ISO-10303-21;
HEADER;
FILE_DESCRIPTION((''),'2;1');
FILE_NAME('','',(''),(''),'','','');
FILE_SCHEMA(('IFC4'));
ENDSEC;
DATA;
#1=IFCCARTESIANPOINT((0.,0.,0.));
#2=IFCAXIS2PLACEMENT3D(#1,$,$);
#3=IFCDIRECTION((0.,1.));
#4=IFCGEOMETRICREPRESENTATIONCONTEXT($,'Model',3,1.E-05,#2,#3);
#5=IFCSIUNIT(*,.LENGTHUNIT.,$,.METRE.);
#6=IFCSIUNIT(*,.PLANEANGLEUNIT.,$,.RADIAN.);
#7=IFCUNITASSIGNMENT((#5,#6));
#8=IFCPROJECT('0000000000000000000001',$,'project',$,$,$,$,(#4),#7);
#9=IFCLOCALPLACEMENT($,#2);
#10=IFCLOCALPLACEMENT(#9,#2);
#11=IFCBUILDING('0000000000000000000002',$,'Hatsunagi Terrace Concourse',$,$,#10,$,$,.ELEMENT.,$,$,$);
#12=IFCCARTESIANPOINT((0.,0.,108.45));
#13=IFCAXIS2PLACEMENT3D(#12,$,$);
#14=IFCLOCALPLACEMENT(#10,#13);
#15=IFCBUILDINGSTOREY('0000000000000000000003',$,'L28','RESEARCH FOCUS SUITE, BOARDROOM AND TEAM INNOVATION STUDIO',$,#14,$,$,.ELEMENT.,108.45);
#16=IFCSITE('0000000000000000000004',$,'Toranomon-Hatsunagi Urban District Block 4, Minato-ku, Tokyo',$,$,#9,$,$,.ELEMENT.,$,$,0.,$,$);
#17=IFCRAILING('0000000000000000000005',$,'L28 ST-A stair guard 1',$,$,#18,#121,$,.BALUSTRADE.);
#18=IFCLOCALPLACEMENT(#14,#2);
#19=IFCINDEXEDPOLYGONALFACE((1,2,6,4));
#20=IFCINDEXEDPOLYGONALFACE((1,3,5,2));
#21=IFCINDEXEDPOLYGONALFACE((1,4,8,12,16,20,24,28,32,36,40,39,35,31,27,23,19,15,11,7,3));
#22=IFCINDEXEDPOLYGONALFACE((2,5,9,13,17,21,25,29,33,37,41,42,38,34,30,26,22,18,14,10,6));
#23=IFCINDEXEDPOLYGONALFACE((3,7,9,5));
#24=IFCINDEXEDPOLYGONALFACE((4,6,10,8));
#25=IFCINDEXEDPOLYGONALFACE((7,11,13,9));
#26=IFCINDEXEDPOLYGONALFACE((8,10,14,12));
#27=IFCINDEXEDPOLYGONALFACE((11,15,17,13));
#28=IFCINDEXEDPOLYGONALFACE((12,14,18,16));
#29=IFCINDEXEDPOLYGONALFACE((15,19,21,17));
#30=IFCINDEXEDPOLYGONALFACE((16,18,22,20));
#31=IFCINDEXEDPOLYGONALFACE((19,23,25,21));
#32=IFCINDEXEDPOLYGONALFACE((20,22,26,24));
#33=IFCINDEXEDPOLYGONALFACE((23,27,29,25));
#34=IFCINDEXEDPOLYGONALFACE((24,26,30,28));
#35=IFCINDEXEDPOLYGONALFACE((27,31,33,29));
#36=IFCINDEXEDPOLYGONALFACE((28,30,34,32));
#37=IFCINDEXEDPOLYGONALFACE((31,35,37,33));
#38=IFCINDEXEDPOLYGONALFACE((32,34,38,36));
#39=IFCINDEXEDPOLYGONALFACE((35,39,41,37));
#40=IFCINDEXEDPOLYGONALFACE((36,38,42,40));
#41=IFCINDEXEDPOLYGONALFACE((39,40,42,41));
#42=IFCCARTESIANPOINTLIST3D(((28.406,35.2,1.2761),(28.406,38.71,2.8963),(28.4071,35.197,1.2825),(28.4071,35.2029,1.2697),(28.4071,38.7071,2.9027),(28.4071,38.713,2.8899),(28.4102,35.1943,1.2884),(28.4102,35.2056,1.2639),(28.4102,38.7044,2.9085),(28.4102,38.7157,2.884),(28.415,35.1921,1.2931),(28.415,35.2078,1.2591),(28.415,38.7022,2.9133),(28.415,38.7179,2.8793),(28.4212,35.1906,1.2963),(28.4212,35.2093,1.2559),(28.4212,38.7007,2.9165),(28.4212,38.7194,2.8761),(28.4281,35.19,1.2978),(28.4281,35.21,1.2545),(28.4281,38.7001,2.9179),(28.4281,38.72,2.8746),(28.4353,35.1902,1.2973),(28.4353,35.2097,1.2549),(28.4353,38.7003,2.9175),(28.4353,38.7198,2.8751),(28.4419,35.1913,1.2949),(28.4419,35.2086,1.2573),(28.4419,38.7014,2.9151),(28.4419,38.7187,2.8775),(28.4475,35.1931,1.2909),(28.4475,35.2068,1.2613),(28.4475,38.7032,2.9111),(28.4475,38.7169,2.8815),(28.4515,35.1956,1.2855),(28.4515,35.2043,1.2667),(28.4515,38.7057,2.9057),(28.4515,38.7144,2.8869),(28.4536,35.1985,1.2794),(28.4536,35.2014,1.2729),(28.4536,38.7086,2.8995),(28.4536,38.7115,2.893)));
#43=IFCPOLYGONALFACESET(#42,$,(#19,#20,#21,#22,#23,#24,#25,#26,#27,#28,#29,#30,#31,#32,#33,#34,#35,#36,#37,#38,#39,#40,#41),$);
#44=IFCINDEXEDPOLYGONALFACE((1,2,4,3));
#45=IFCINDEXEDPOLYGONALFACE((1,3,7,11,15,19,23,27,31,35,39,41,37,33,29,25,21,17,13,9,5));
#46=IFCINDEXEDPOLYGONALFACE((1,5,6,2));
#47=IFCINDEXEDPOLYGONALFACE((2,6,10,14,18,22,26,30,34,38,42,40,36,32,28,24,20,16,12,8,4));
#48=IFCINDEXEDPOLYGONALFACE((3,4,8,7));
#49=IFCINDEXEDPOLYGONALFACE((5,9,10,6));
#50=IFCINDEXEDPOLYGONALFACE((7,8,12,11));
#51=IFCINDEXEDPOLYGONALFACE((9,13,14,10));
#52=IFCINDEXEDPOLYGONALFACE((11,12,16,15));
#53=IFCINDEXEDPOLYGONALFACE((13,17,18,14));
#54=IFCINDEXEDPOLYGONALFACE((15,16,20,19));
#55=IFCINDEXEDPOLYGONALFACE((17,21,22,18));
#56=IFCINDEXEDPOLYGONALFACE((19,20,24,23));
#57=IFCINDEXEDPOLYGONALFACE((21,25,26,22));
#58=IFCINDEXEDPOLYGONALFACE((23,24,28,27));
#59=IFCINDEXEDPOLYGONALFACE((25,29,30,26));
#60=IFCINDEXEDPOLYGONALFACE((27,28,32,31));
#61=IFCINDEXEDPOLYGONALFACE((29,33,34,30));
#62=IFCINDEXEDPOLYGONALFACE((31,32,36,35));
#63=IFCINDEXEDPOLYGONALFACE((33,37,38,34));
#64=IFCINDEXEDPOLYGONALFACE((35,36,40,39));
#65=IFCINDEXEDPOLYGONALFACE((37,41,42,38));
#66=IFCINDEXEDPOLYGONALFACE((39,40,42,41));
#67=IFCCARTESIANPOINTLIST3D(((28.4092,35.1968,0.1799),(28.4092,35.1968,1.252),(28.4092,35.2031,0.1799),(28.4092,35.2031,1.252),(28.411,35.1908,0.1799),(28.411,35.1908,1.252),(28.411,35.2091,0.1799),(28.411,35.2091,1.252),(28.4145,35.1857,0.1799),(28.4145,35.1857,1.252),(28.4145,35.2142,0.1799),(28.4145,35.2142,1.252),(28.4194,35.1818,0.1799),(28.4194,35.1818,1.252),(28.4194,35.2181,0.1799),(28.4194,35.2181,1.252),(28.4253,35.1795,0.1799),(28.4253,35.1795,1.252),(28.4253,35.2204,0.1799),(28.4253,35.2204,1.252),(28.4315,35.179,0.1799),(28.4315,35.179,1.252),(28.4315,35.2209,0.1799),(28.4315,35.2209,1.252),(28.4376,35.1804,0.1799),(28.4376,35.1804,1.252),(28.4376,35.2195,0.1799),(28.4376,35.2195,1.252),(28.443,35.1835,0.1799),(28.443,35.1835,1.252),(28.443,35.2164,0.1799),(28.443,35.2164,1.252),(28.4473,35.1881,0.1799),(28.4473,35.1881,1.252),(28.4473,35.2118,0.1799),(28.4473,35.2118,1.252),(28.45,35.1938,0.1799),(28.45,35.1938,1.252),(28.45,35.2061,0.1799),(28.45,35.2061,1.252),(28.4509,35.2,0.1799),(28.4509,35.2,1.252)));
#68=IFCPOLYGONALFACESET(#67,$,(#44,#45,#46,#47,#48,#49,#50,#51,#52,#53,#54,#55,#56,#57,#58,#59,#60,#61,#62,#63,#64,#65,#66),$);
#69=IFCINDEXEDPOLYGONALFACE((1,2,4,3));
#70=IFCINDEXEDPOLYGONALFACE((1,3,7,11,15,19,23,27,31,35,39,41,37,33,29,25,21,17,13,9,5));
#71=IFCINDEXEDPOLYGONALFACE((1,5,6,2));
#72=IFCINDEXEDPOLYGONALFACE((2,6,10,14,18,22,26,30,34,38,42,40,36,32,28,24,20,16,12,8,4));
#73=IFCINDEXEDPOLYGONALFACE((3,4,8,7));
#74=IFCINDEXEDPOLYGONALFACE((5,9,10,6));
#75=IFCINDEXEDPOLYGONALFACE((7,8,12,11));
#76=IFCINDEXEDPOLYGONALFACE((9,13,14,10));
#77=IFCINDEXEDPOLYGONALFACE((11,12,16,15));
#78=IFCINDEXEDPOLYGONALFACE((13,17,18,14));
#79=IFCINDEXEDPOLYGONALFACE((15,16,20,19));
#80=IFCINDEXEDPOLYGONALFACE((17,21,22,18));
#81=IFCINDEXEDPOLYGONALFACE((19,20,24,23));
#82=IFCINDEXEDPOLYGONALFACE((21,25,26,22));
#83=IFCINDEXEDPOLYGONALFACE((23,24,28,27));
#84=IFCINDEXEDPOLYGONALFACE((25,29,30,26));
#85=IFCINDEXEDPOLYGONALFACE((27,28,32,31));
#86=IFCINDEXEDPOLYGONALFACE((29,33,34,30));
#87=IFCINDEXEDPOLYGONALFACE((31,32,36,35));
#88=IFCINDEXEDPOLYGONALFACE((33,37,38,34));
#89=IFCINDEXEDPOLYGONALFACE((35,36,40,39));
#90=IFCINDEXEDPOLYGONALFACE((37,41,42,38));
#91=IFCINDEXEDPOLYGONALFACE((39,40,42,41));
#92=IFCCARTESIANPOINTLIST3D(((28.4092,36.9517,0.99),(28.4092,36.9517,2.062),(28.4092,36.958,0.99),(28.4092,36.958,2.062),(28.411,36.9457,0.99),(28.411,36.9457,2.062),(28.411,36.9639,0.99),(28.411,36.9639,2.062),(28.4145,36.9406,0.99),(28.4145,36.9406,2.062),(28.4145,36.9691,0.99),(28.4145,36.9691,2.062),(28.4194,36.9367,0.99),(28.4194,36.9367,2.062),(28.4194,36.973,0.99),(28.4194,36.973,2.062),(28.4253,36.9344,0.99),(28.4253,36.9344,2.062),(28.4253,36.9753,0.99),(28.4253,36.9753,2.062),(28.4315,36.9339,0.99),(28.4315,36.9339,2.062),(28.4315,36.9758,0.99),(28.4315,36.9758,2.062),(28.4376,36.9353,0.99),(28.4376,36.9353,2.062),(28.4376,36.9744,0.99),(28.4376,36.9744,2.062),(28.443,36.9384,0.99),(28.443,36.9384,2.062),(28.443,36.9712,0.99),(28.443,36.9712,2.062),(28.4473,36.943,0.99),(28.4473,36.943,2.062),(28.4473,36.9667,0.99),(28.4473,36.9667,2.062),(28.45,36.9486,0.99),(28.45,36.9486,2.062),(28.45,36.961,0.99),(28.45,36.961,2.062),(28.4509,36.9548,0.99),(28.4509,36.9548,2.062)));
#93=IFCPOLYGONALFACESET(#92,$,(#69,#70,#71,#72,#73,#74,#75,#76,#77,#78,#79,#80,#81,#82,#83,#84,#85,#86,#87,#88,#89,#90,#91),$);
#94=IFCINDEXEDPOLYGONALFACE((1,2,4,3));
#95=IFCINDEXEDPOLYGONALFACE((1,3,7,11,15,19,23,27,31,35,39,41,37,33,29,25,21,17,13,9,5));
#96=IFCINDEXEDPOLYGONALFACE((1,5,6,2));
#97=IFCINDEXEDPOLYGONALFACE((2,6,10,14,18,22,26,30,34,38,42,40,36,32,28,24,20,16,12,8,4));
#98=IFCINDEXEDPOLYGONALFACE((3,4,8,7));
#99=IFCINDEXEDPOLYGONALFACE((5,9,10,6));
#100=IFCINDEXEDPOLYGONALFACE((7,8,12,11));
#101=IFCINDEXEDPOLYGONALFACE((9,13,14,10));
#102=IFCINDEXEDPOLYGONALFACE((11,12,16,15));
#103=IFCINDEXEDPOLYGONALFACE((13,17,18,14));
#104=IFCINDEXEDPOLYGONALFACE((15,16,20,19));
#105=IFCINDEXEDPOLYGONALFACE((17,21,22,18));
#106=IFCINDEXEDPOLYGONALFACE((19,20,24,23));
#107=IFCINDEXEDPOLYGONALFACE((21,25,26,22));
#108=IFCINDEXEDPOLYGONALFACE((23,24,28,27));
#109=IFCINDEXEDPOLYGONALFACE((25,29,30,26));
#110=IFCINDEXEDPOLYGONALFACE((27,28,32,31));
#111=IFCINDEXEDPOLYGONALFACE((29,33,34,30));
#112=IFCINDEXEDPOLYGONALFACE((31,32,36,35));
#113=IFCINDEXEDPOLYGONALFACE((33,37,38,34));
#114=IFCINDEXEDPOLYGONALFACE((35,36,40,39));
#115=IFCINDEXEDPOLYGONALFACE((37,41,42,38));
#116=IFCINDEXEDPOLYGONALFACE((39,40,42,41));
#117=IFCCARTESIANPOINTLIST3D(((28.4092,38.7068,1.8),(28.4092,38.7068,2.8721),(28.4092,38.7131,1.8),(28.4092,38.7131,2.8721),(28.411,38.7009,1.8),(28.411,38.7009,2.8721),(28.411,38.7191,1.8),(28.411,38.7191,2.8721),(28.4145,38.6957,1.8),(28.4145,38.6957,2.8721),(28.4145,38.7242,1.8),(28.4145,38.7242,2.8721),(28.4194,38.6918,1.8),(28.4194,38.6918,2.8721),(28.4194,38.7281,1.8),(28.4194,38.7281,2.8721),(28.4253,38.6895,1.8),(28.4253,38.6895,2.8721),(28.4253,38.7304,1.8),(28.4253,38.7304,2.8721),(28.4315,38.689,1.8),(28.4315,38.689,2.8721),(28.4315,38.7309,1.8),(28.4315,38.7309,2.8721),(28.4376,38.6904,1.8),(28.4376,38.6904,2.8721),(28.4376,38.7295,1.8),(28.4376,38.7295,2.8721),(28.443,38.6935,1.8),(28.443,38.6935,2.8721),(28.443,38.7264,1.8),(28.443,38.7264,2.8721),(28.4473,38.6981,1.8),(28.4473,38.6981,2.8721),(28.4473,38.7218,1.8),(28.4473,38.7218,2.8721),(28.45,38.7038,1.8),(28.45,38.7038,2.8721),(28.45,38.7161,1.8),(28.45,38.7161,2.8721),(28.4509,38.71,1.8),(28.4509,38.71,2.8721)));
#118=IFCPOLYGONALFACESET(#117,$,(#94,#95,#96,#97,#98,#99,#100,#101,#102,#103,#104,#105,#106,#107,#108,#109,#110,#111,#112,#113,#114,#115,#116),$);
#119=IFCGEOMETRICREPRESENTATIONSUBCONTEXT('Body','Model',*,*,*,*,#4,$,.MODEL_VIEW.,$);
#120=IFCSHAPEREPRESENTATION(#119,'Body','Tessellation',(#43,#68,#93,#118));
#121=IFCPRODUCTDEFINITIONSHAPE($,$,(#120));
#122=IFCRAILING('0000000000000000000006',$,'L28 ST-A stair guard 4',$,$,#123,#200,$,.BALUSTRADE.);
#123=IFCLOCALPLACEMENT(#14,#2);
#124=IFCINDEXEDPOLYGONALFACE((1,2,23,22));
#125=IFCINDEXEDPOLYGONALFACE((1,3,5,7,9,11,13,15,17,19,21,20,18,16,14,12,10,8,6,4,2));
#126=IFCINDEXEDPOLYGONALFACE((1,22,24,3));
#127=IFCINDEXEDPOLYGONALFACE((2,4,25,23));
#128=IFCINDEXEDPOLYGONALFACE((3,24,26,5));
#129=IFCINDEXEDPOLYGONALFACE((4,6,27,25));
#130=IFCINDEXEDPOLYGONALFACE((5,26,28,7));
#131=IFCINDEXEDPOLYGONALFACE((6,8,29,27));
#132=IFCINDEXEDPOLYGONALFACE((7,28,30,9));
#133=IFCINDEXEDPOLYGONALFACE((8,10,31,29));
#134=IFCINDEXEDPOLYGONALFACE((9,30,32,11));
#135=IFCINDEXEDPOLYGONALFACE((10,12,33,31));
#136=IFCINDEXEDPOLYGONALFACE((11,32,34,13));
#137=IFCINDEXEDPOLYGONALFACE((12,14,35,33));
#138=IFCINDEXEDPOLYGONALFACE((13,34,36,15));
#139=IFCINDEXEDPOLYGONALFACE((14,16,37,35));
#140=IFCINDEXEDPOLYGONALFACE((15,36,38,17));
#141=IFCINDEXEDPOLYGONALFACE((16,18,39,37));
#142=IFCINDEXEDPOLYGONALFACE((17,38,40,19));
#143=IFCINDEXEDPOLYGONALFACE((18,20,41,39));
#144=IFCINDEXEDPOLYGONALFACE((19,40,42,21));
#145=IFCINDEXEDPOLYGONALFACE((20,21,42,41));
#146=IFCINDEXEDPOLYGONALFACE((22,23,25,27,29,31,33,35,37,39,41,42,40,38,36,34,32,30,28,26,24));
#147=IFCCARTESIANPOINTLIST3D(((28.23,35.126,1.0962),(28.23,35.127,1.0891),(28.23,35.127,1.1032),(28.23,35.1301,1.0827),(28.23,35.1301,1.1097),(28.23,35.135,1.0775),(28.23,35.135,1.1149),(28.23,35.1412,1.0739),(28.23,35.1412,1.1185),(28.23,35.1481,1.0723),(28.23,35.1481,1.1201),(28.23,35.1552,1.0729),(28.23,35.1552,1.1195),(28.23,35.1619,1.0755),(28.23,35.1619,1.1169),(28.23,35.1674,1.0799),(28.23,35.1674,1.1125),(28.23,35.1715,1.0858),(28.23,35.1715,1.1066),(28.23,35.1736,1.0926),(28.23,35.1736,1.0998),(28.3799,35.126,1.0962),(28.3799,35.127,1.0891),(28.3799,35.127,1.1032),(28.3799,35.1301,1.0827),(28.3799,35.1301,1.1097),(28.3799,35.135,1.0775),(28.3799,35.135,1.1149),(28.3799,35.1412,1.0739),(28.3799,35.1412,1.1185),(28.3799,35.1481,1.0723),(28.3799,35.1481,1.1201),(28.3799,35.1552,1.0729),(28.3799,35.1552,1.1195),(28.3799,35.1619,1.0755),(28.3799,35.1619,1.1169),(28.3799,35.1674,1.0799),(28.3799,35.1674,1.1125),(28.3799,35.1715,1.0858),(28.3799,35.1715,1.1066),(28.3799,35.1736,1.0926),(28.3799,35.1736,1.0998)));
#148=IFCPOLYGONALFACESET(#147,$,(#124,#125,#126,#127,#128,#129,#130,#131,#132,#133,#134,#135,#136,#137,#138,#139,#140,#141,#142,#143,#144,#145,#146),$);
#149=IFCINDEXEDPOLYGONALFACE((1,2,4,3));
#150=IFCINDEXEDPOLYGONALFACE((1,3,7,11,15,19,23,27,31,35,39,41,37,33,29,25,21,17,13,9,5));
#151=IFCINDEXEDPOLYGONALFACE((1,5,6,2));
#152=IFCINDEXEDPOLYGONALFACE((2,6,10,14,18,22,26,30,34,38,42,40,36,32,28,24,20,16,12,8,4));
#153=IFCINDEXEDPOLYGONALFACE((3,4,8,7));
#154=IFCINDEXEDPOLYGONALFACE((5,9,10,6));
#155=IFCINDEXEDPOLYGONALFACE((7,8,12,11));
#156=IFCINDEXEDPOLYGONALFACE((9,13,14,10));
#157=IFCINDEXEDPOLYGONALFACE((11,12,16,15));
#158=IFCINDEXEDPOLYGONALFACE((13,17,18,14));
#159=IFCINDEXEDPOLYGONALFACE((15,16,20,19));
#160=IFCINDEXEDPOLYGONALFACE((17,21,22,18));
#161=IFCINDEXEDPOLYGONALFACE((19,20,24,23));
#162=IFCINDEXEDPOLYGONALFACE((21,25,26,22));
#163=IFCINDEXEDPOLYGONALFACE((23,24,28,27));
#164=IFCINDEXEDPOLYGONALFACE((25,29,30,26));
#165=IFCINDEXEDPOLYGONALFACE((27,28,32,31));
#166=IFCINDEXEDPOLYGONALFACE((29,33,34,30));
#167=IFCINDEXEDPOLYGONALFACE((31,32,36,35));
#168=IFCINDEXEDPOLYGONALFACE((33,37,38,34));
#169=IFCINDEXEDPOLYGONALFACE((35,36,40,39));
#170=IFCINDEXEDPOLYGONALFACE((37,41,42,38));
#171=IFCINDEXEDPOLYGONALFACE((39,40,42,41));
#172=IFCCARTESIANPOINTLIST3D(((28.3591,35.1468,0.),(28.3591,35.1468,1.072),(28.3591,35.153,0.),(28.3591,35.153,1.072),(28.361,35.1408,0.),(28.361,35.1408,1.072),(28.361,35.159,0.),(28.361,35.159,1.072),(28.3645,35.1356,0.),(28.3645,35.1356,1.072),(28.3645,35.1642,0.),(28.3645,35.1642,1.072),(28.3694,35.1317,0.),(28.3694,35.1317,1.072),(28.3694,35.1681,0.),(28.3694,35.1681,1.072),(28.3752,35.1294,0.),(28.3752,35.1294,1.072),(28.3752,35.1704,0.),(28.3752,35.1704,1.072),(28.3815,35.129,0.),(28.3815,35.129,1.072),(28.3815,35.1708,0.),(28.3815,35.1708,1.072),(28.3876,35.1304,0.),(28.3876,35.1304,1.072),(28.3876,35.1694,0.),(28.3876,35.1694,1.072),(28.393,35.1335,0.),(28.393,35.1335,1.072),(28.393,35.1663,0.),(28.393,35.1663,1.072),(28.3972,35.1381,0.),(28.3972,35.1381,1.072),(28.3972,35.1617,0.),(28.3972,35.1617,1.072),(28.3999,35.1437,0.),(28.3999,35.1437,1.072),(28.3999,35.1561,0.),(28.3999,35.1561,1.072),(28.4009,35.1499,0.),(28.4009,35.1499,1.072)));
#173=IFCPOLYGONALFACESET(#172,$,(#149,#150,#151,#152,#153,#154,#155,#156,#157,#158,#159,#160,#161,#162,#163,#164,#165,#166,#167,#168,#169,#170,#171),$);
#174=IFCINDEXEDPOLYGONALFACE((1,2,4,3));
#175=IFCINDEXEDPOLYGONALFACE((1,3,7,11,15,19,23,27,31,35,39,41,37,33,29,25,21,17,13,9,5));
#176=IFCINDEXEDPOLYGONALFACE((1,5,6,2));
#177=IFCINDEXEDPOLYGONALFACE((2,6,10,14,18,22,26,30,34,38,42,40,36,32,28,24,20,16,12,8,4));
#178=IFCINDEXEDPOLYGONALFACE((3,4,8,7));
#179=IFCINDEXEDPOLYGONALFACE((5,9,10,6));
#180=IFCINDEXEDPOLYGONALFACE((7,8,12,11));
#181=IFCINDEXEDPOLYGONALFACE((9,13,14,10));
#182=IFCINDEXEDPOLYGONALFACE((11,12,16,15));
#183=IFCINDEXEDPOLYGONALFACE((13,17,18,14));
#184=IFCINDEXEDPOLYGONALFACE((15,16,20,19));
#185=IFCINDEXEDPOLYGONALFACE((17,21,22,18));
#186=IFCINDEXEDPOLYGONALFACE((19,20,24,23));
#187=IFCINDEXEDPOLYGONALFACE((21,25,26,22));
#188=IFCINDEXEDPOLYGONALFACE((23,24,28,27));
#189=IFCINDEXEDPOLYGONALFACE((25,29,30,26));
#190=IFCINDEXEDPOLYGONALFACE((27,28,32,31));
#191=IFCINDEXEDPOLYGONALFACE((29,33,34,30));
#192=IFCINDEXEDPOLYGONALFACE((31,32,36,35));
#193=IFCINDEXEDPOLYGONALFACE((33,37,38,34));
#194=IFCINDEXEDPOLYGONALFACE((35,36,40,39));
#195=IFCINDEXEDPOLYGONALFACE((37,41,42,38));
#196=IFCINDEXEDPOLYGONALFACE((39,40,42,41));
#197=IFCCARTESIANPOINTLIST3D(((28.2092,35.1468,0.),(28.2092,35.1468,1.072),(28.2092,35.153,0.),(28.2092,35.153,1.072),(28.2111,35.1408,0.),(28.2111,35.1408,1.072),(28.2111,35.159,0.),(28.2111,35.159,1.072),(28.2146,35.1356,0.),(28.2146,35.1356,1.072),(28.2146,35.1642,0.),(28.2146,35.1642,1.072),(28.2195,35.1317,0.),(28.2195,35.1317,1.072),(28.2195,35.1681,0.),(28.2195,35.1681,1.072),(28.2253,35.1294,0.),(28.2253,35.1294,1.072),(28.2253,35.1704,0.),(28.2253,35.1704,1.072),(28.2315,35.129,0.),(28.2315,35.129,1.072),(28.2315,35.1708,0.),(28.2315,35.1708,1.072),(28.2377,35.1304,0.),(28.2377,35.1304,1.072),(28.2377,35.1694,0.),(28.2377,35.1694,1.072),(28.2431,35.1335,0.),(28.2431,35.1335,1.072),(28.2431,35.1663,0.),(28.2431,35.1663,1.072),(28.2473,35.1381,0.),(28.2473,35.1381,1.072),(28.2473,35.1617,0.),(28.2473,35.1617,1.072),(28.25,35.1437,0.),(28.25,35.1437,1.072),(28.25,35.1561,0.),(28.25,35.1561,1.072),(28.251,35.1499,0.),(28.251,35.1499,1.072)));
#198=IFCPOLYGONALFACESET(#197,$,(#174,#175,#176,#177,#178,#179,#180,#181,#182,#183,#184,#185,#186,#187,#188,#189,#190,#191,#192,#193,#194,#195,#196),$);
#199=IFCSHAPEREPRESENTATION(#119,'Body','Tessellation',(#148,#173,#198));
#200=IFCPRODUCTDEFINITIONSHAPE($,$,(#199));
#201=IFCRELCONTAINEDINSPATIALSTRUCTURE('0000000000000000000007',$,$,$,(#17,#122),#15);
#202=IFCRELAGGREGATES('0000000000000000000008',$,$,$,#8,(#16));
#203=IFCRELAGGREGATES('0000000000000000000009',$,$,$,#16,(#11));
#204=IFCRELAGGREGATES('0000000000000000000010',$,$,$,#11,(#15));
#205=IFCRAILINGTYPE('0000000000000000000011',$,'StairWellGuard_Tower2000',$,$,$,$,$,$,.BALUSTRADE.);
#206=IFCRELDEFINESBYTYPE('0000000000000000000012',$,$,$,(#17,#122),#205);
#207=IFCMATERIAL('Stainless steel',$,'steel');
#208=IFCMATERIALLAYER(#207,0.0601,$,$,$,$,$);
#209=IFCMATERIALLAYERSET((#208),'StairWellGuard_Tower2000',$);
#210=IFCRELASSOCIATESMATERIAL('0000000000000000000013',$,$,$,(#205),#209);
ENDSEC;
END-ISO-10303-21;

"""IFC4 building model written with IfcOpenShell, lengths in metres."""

from ifc_helpers import new_model, si_unit, direction, frame, origin, origin_2d, place, context, subcontext, project, spatial, circle, extrude, material, layer, layer_set, type_object, element, save


model = new_model("IFC4")

# Units and contexts
model_context = context("Model", 3, precision=1e-05, world=origin(), true_north=direction((0.0, 1.0)))
body_context = subcontext(model_context, "Body", "Model", "MODEL_VIEW")
ifc_project = project(units=[si_unit("LENGTHUNIT", "METRE"), si_unit("PLANEANGLEUNIT", "RADIAN")], contexts=[model_context])

# Site, building, storey
site_placement = place(None, origin())
site = spatial("IfcSite", under=ifc_project, at=site_placement, Name="Toranomon-Hatsunagi Urban District Block 4, Minato-ku, Tokyo", CompositionType="ELEMENT", RefElevation=0.0)
building_placement = place(site_placement, origin())
building = spatial("IfcBuilding", under=site, at=building_placement, Name="Hatsunagi Terrace Concourse", CompositionType="ELEMENT")
storey_placement = place(building_placement, frame((0.0, 0.0, 108.45)))
storey = spatial("IfcBuildingStorey", under=building, at=storey_placement, Name="L28", Description="RESEARCH FOCUS SUITE, BOARDROOM AND TEAM INNOVATION STUDIO", CompositionType="ELEMENT", Elevation=108.45)

# Railings
ifc_material_1 = material(Name="Stainless steel", Category="steel")
ifc_layer_1 = layer(ifc_material_1, 0.0601)
ifc_layer_set_1 = layer_set([ifc_layer_1], Name="StairWellGuard_Tower2000")
railing_type_1 = type_object("IfcRailingType", Name="StairWellGuard_Tower2000", PredefinedType="BALUSTRADE", material=ifc_layer_set_1)
railing_1_placement = place(storey_placement, frame((28.4299, 35.2, 0.1799)))
element("IfcRailing", 1, at=railing_1_placement, inside=storey, type_object=railing_type_1, Name="L28 ST-A stair guard 1", PredefinedType="BALUSTRADE", context=body_context, shape_type="SweptSolid", body=[
    extrude(circle(Radius=0.0239, at=origin_2d()), frame((0.0, 0.0, 1.0962), z_axis=(0.0, 0.907948, 0.419082), x_axis=(-1.0, 0.0, 0.0)), (0.0, 0.0, 1.0), 3.866),
    extrude(circle(Radius=0.021, at=origin_2d()), origin(), (0.0, 0.0, 1.0), 1.072),
    extrude(circle(Radius=0.021, at=origin_2d()), frame((0.0, 1.7549, 0.8101)), (0.0, 0.0, 1.0), 1.072),
    extrude(circle(Radius=0.021, at=origin_2d()), frame((0.0, 3.51, 1.6201)), (0.0, 0.0, 1.0), 1.072),
])
railing_2_placement = place(storey_placement, frame((28.3799, 35.1499, 0.0)))
element("IfcRailing", 2, at=railing_2_placement, inside=storey, type_object=railing_type_1, Name="L28 ST-A stair guard 4", PredefinedType="BALUSTRADE", context=body_context, shape_type="SweptSolid", body=[
    extrude(circle(Radius=0.0239, at=origin_2d()), frame((0.0, 0.0, 1.0962), z_axis=(-1.0, 0.0, 0.0), x_axis=(0.0, -1.0, 0.0)), (0.0, 0.0, 1.0), 0.1499),
    extrude(circle(Radius=0.021, at=origin_2d()), origin(), (0.0, 0.0, 1.0), 1.072),
    extrude(circle(Radius=0.021, at=origin_2d()), frame((-0.1499, 0.0, 0.0)), (0.0, 0.0, 1.0), 1.072),
])

save(model, "model.ifc")
